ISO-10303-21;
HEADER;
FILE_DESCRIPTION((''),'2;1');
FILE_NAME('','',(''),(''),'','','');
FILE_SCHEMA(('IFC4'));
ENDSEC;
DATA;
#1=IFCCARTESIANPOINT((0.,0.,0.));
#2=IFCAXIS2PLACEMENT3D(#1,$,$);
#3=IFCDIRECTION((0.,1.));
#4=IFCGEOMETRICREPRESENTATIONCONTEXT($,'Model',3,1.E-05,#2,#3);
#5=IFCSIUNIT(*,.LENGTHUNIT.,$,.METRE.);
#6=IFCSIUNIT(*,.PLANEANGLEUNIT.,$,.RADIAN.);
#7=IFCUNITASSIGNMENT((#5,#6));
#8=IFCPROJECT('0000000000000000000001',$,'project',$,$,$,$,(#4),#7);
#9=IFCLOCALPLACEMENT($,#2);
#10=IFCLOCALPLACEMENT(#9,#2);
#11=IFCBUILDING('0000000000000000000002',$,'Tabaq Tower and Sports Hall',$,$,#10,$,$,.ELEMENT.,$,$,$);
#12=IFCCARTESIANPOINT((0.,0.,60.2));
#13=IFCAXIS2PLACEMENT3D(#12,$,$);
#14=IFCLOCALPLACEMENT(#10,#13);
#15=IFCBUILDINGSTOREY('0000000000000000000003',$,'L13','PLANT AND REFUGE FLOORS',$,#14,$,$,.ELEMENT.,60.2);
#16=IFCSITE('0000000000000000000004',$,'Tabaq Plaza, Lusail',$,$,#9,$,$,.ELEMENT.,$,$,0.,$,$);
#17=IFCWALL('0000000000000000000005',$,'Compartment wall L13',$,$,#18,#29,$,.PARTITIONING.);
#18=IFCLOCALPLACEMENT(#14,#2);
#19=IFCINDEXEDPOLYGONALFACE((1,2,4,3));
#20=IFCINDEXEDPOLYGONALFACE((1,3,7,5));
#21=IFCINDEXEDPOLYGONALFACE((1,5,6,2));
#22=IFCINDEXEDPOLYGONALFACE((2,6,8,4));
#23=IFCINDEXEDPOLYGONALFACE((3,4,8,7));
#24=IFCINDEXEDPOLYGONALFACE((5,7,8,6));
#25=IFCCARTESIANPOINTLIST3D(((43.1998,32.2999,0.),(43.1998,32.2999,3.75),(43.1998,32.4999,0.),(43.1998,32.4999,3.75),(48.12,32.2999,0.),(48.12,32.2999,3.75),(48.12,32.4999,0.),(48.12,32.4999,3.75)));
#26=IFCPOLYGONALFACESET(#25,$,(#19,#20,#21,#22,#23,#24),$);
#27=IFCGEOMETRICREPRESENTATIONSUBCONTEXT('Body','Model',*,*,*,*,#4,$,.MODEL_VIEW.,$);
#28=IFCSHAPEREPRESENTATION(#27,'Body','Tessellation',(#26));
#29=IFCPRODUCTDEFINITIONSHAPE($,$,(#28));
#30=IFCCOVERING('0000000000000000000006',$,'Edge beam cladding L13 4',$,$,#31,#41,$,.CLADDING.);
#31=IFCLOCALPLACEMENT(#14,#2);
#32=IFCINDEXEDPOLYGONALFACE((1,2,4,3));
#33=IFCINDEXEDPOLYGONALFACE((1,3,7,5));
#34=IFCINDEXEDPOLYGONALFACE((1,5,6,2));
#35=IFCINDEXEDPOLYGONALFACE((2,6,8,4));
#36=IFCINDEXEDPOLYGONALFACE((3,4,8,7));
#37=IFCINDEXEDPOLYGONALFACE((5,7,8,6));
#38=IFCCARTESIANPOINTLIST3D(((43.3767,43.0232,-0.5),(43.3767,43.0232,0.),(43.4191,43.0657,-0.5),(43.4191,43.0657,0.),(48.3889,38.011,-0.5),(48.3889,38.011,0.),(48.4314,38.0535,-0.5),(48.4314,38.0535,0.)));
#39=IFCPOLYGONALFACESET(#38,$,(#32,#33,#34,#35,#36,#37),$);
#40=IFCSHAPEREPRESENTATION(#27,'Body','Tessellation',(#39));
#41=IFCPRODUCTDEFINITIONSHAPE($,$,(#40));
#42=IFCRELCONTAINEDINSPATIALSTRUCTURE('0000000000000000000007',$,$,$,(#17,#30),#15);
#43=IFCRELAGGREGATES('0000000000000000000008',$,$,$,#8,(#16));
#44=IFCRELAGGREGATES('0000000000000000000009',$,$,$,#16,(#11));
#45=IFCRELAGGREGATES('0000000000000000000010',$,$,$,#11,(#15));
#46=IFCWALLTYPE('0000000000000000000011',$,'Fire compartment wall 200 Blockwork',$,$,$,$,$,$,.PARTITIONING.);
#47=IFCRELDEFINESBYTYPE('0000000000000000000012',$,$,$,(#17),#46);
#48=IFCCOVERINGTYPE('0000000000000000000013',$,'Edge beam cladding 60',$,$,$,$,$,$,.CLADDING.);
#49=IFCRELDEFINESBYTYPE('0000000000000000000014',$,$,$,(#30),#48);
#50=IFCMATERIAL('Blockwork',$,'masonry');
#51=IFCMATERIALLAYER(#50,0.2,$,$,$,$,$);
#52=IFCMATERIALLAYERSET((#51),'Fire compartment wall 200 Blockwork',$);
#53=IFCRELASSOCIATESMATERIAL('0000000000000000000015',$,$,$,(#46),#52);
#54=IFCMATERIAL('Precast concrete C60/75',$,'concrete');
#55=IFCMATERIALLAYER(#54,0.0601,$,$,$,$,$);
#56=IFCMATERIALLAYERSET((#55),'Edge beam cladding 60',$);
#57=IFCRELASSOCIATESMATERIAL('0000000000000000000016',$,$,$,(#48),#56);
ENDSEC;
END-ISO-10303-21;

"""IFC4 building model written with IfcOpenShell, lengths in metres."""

from ifc_helpers import new_model, si_unit, direction, frame, frame_2d, origin, place, context, subcontext, project, spatial, rectangle, extrude, material, layer, layer_set, type_object, element, save


model = new_model("IFC4")

# Units and contexts
model_context = context("Model", 3, precision=1e-05, world=origin(), true_north=direction((0.0, 1.0)))
body_context = subcontext(model_context, "Body", "Model", "MODEL_VIEW")
ifc_project = project(units=[si_unit("LENGTHUNIT", "METRE"), si_unit("PLANEANGLEUNIT", "RADIAN")], contexts=[model_context])

# Site, building, storey
site_placement = place(None, origin())
site = spatial("IfcSite", under=ifc_project, at=site_placement, Name="Tabaq Plaza, Lusail", CompositionType="ELEMENT", RefElevation=0.0)
building_placement = place(site_placement, origin())
building = spatial("IfcBuilding", under=site, at=building_placement, Name="Tabaq Tower and Sports Hall", CompositionType="ELEMENT")
storey_placement = place(building_placement, frame((0.0, 0.0, 60.2)))
storey = spatial("IfcBuildingStorey", under=building, at=storey_placement, Name="L13", Description="PLANT AND REFUGE FLOORS", CompositionType="ELEMENT", Elevation=60.2)

# Shared definitions
ifc_material_1 = material(Name="Blockwork", Category="masonry")
ifc_layer_1 = layer(ifc_material_1, 0.2)
ifc_layer_set_1 = layer_set([ifc_layer_1], Name="Fire compartment wall 200 Blockwork")
wall_type_1 = type_object("IfcWallType", Name="Fire compartment wall 200 Blockwork", PredefinedType="PARTITIONING", material=ifc_layer_set_1)

# Wall
wall_1_placement = place(storey_placement, frame((43.2, 32.3999, 0.0), z_axis=(0.0, 0.0, 1.0), x_axis=(1.0, 0.0, 0.0)))
element("IfcWall", 1, at=wall_1_placement, inside=storey, type_object=wall_type_1, Name="Compartment wall L13", PredefinedType="PARTITIONING", context=body_context, shape_type="SweptSolid", body=[
    extrude(rectangle(XDim=4.9202, YDim=0.2, at=frame_2d((2.46, 0.0))), origin(), (0.0, 0.0, 1.0), 3.75),
])

# Covering
ifc_material_2 = material(Name="Precast concrete C60/75", Category="concrete")
ifc_layer_2 = layer(ifc_material_2, 0.0601)
ifc_layer_set_2 = layer_set([ifc_layer_2], Name="Edge beam cladding 60")
covering_type_1 = type_object("IfcCoveringType", Name="Edge beam cladding 60", PredefinedType="CLADDING", material=ifc_layer_set_2)
covering_placement = place(storey_placement, frame((48.4102, 38.0322, -0.5), z_axis=(0.0, 0.0, 1.0), x_axis=(-0.707107, 0.707107, 0.0)))
element("IfcCovering", 2, at=covering_placement, inside=storey, type_object=covering_type_1, Name="Edge beam cladding L13 4", PredefinedType="CLADDING", context=body_context, shape_type="SweptSolid", body=[
    extrude(rectangle(XDim=7.0884, YDim=0.0601, at=frame_2d((3.5442, 0.0))), origin(), (0.0, 0.0, 1.0), 0.5),
])

save(model, "model.ifc")
